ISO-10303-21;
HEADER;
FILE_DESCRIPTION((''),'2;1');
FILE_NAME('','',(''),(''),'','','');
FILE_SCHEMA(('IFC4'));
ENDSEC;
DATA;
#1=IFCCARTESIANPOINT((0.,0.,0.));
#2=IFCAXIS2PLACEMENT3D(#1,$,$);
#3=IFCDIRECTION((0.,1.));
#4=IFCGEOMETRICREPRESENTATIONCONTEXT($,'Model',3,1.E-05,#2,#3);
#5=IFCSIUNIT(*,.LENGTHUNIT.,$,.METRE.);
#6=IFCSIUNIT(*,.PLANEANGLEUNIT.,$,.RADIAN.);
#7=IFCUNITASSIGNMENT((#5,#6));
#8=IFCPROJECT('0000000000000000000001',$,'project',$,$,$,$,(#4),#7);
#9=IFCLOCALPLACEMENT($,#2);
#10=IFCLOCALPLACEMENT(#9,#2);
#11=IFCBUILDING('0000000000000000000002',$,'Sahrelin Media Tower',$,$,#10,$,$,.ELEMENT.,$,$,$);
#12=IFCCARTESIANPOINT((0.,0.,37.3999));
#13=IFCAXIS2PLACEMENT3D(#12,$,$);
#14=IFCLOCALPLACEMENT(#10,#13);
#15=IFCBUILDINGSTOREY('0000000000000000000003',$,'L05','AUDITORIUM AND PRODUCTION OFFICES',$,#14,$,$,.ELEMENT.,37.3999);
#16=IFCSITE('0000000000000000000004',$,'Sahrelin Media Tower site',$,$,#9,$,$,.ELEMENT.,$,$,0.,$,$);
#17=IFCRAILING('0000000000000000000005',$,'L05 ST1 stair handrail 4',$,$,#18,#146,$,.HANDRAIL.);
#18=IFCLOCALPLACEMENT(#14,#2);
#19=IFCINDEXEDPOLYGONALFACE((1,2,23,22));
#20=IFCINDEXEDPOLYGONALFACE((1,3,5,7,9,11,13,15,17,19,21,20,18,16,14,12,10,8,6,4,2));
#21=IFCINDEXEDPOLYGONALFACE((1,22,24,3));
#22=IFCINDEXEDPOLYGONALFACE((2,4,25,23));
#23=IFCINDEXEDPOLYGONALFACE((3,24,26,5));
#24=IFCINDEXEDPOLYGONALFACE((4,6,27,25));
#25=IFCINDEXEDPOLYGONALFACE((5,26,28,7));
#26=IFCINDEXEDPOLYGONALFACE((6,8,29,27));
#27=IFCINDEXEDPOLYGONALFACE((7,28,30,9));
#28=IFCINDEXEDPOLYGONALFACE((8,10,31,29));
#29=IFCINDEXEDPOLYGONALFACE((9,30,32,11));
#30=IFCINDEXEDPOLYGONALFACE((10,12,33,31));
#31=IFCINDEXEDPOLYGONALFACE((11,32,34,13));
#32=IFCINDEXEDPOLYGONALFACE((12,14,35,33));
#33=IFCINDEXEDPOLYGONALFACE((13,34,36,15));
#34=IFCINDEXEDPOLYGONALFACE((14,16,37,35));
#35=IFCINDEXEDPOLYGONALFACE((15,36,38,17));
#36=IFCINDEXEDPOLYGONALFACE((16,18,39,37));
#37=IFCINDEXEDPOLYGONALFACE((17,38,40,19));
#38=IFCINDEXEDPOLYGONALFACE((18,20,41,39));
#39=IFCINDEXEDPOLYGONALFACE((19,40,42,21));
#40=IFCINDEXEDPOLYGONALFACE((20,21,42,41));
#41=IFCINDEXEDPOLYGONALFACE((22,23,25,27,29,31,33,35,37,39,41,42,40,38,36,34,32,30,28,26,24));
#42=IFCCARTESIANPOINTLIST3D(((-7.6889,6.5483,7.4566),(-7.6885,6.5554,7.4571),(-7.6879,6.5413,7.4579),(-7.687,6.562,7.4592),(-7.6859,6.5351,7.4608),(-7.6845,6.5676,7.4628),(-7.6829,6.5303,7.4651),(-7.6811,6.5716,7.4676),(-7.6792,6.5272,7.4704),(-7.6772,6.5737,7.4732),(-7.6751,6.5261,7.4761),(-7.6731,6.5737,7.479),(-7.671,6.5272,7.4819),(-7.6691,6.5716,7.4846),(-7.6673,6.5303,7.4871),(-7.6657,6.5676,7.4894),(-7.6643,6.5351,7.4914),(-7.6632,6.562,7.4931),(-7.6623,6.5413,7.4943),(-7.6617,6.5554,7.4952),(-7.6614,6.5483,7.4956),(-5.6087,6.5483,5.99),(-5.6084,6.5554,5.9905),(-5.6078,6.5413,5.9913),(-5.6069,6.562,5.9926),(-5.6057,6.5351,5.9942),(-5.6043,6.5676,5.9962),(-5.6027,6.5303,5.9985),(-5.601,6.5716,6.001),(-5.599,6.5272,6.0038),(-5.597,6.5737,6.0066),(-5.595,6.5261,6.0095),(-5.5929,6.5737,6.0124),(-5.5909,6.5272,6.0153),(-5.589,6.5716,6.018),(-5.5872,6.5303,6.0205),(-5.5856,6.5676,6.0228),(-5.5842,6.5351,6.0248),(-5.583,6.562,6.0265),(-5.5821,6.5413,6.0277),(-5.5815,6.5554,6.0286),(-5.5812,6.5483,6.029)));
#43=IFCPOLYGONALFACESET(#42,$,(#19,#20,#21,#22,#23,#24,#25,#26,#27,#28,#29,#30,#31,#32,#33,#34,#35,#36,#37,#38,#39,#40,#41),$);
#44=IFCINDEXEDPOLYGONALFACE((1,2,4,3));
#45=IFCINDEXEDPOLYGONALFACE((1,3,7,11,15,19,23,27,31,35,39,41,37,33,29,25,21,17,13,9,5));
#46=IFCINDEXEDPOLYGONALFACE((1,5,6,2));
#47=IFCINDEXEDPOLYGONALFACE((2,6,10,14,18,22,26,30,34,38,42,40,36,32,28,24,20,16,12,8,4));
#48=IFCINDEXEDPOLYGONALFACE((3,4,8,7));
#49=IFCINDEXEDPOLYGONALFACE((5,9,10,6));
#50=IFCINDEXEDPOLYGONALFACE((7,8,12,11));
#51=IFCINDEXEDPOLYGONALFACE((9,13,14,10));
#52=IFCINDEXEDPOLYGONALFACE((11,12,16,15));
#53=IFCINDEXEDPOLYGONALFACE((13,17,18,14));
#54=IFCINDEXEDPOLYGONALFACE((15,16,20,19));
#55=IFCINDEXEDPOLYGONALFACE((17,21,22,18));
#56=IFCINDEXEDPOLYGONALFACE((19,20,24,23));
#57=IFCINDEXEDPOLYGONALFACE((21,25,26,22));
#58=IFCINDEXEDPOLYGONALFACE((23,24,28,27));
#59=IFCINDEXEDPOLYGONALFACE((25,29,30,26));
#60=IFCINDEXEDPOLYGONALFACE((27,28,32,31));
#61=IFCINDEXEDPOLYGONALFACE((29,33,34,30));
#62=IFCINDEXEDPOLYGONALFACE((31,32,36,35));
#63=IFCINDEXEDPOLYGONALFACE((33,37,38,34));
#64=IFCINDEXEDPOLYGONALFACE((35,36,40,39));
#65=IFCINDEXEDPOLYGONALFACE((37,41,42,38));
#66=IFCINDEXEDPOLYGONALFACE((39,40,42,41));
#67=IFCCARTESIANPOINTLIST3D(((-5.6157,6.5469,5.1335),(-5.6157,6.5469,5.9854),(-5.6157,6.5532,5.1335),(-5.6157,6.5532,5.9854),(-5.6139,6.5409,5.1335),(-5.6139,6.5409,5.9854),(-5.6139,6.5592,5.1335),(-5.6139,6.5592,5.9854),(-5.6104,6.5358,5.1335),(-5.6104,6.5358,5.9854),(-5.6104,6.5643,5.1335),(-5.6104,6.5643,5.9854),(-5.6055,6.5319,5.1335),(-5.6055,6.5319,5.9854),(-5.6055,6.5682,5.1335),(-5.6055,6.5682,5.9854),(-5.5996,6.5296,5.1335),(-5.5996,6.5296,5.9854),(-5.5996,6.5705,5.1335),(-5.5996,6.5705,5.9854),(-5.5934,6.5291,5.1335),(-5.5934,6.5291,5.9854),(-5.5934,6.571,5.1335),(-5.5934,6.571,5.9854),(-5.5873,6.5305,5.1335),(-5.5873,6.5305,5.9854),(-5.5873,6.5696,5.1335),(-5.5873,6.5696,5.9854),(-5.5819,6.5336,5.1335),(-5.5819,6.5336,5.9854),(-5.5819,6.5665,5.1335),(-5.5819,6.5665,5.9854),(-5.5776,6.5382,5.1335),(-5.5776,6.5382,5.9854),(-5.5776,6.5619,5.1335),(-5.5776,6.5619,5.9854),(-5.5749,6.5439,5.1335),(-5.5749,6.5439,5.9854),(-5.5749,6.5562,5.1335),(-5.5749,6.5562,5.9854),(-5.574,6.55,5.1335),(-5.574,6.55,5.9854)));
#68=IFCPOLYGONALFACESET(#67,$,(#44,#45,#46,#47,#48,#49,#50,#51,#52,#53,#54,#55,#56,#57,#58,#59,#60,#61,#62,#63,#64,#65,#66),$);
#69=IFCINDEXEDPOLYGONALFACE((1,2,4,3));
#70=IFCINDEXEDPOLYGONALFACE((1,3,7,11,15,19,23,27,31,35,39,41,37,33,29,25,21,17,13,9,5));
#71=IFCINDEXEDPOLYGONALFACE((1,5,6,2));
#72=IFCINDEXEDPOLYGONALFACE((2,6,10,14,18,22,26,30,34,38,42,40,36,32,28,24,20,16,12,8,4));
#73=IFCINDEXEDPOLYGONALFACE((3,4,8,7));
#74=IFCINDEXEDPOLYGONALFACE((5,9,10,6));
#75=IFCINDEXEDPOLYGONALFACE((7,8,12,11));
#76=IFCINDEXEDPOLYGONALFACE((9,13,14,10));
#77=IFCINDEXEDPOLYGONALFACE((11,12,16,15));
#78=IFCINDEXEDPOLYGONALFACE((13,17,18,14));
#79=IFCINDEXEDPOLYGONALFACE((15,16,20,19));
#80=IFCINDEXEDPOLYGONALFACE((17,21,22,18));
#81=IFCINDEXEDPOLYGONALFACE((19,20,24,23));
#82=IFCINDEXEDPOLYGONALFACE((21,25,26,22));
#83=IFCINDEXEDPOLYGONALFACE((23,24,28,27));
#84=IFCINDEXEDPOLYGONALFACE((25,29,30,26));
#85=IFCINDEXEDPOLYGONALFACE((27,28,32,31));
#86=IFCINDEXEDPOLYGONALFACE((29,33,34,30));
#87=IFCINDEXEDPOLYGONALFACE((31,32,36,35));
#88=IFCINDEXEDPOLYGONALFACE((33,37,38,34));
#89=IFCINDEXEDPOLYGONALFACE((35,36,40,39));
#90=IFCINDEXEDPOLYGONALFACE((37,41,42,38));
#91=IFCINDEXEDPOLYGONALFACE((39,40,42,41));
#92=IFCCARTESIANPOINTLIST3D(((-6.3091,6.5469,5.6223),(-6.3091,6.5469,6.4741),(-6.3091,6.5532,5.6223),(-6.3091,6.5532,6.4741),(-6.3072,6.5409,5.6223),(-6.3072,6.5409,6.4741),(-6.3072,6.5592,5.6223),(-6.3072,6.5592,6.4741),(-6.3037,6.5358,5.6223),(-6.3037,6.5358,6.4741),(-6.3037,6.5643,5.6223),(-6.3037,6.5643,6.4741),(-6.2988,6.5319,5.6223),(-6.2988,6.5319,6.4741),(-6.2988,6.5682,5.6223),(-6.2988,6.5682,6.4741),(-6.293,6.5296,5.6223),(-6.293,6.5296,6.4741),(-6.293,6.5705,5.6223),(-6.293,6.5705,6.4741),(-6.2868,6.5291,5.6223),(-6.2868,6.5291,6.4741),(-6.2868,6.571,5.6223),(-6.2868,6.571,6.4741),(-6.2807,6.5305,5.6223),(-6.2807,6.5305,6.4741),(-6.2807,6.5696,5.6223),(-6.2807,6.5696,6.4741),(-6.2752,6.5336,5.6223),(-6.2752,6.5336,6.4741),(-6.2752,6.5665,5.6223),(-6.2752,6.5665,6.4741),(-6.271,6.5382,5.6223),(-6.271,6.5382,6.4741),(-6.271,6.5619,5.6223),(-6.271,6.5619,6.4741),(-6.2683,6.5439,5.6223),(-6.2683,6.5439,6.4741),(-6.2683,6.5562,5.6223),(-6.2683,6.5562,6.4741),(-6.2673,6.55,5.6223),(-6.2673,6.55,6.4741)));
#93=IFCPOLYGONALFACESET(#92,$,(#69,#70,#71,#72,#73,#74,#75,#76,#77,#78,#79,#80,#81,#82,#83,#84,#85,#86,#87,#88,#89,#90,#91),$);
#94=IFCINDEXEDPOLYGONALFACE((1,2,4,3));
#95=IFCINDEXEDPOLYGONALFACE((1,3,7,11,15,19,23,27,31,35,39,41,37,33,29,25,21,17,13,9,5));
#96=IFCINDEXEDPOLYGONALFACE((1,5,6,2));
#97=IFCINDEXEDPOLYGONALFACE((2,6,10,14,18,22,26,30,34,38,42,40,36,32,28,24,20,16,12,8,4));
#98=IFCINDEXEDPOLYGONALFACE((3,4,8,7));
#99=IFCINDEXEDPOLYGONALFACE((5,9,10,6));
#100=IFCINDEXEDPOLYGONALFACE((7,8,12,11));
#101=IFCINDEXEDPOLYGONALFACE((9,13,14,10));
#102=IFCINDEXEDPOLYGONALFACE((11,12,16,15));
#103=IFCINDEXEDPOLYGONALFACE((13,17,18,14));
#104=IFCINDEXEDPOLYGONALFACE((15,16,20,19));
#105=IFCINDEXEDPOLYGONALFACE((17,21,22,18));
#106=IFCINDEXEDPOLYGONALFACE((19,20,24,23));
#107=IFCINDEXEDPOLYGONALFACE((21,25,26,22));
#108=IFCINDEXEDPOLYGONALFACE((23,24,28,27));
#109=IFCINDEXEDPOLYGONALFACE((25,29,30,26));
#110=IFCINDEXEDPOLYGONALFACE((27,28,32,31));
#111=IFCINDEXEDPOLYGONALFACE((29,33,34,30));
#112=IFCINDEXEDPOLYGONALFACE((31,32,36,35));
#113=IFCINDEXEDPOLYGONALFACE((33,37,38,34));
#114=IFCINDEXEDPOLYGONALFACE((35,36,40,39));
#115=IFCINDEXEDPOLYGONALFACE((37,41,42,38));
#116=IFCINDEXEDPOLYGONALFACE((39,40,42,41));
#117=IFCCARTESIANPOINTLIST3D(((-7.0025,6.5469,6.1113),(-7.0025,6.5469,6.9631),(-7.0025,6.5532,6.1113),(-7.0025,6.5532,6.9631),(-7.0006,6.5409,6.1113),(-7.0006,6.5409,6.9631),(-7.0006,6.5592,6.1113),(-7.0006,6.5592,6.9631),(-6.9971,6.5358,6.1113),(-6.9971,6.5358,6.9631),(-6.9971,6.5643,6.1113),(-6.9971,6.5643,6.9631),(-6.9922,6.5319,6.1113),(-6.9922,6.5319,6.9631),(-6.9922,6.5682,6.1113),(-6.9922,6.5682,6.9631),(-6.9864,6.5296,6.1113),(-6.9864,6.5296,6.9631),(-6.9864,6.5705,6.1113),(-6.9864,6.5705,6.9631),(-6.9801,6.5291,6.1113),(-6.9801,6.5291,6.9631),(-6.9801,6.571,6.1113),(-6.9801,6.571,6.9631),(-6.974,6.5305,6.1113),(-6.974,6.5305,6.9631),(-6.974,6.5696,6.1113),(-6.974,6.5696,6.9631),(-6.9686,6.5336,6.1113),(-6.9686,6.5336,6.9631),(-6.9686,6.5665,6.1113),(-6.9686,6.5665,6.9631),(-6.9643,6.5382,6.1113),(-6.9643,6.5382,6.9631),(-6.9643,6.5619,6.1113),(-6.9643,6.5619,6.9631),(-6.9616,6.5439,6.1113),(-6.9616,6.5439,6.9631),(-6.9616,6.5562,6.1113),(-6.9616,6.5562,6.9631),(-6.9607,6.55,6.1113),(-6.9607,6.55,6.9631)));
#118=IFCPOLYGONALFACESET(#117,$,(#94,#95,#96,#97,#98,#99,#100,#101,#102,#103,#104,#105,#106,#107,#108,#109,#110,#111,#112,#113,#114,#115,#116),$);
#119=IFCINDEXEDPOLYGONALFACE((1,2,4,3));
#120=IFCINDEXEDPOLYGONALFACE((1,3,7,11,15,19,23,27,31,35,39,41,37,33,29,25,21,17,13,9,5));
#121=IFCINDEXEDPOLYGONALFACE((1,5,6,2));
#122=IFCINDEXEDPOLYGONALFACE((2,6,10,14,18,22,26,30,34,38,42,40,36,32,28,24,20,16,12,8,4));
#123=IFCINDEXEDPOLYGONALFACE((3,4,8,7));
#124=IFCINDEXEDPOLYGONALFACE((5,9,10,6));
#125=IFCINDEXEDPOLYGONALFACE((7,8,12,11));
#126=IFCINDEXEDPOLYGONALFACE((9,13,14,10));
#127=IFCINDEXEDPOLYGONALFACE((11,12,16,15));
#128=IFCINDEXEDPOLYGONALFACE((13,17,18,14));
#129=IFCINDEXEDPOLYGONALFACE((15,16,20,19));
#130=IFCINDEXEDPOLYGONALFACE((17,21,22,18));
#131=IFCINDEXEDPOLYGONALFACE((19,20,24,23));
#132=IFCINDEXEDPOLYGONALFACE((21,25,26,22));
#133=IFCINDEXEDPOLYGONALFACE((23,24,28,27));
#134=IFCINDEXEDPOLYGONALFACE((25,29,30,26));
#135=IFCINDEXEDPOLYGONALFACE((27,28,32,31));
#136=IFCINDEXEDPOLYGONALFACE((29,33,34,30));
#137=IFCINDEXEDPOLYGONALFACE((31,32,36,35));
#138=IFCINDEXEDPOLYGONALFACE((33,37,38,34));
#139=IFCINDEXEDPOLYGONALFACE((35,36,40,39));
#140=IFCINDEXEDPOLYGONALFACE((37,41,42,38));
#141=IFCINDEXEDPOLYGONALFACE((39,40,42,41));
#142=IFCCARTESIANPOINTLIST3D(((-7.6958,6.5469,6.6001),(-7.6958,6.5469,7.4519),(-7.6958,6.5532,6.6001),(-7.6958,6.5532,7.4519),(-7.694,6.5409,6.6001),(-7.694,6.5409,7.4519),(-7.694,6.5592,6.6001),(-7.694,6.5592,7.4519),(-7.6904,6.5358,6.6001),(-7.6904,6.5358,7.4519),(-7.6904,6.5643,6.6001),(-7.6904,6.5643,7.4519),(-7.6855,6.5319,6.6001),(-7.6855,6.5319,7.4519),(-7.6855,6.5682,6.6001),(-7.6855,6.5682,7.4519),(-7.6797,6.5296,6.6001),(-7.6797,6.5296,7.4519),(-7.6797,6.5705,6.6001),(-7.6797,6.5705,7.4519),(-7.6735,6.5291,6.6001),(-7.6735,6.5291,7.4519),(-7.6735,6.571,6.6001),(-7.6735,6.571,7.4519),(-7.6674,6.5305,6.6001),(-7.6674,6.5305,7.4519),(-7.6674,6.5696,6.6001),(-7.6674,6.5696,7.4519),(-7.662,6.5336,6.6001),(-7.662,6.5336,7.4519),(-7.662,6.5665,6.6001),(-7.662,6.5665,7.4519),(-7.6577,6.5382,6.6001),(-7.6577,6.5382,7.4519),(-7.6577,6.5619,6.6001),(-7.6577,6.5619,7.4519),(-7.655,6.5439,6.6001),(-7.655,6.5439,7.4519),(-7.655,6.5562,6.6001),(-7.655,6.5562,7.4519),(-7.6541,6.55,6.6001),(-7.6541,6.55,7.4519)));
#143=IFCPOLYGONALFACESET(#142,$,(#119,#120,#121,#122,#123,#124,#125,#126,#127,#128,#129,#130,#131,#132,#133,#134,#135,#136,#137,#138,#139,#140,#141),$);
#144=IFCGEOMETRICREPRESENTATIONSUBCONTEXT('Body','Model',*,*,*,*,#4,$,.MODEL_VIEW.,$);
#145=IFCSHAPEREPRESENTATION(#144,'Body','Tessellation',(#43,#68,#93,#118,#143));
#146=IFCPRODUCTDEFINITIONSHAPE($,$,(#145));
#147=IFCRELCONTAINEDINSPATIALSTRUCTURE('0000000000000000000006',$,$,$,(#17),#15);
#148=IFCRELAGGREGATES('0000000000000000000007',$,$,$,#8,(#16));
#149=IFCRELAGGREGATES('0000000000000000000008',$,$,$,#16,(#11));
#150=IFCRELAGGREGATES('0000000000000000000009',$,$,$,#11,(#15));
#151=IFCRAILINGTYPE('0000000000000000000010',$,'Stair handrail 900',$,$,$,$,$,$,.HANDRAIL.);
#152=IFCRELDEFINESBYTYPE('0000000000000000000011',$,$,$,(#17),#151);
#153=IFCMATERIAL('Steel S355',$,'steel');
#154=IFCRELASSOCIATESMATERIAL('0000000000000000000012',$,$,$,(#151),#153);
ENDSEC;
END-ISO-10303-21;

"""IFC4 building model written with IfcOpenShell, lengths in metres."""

from ifc_helpers import new_model, si_unit, direction, frame, origin, origin_2d, place, context, subcontext, project, spatial, circle, extrude, material, type_object, element, save


model = new_model("IFC4")

# Units and contexts
model_context = context("Model", 3, precision=1e-05, world=origin(), true_north=direction((0.0, 1.0)))
body_context = subcontext(model_context, "Body", "Model", "MODEL_VIEW")
ifc_project = project(units=[si_unit("LENGTHUNIT", "METRE"), si_unit("PLANEANGLEUNIT", "RADIAN")], contexts=[model_context])

# Site, building, storey
site_placement = place(None, origin())
site = spatial("IfcSite", under=ifc_project, at=site_placement, Name="Sahrelin Media Tower site", CompositionType="ELEMENT", RefElevation=0.0)
building_placement = place(site_placement, origin())
building = spatial("IfcBuilding", under=site, at=building_placement, Name="Sahrelin Media Tower", CompositionType="ELEMENT")
storey_placement = place(building_placement, frame((0.0, 0.0, 37.3999)))
storey = spatial("IfcBuildingStorey", under=building, at=storey_placement, Name="L05", Description="AUDITORIUM AND PRODUCTION OFFICES", CompositionType="ELEMENT", Elevation=37.3999)

# Shared definitions
ifc_material_1 = material(Name="Steel S355", Category="steel")

# Railing
railing_type_1 = type_object("IfcRailingType", Name="Stair handrail 900", PredefinedType="HANDRAIL", material=ifc_material_1)
for number, where, name in (
    (1, (-5.595, 6.55, 5.1335), "L05 ST1 stair handrail 4"),
):
    element("IfcRailing", number, at=place(storey_placement, frame(where)), inside=storey, type_object=railing_type_1, Name=name, PredefinedType="HANDRAIL", context=body_context, shape_type="SweptSolid", body=[
        extrude(circle(Radius=0.0239, at=origin_2d()), frame((0.0, 0.0, 0.876), z_axis=(-0.817289, 0.0, 0.576227), x_axis=(0.0, -1.0, 0.0)), (0.0, 0.0, 1.0), 2.5452),
        extrude(circle(Radius=0.021, at=origin_2d()), origin(), (0.0, 0.0, 1.0), 0.8518),
        extrude(circle(Radius=0.021, at=origin_2d()), frame((-0.6934, 0.0, 0.4888)), (0.0, 0.0, 1.0), 0.8518),
        extrude(circle(Radius=0.021, at=origin_2d()), frame((-1.3867, 0.0, 0.9778)), (0.0, 0.0, 1.0), 0.8518),
        extrude(circle(Radius=0.021, at=origin_2d()), frame((-2.0801, 0.0, 1.4666)), (0.0, 0.0, 1.0), 0.8518),
    ])

save(model, "model.ifc")
